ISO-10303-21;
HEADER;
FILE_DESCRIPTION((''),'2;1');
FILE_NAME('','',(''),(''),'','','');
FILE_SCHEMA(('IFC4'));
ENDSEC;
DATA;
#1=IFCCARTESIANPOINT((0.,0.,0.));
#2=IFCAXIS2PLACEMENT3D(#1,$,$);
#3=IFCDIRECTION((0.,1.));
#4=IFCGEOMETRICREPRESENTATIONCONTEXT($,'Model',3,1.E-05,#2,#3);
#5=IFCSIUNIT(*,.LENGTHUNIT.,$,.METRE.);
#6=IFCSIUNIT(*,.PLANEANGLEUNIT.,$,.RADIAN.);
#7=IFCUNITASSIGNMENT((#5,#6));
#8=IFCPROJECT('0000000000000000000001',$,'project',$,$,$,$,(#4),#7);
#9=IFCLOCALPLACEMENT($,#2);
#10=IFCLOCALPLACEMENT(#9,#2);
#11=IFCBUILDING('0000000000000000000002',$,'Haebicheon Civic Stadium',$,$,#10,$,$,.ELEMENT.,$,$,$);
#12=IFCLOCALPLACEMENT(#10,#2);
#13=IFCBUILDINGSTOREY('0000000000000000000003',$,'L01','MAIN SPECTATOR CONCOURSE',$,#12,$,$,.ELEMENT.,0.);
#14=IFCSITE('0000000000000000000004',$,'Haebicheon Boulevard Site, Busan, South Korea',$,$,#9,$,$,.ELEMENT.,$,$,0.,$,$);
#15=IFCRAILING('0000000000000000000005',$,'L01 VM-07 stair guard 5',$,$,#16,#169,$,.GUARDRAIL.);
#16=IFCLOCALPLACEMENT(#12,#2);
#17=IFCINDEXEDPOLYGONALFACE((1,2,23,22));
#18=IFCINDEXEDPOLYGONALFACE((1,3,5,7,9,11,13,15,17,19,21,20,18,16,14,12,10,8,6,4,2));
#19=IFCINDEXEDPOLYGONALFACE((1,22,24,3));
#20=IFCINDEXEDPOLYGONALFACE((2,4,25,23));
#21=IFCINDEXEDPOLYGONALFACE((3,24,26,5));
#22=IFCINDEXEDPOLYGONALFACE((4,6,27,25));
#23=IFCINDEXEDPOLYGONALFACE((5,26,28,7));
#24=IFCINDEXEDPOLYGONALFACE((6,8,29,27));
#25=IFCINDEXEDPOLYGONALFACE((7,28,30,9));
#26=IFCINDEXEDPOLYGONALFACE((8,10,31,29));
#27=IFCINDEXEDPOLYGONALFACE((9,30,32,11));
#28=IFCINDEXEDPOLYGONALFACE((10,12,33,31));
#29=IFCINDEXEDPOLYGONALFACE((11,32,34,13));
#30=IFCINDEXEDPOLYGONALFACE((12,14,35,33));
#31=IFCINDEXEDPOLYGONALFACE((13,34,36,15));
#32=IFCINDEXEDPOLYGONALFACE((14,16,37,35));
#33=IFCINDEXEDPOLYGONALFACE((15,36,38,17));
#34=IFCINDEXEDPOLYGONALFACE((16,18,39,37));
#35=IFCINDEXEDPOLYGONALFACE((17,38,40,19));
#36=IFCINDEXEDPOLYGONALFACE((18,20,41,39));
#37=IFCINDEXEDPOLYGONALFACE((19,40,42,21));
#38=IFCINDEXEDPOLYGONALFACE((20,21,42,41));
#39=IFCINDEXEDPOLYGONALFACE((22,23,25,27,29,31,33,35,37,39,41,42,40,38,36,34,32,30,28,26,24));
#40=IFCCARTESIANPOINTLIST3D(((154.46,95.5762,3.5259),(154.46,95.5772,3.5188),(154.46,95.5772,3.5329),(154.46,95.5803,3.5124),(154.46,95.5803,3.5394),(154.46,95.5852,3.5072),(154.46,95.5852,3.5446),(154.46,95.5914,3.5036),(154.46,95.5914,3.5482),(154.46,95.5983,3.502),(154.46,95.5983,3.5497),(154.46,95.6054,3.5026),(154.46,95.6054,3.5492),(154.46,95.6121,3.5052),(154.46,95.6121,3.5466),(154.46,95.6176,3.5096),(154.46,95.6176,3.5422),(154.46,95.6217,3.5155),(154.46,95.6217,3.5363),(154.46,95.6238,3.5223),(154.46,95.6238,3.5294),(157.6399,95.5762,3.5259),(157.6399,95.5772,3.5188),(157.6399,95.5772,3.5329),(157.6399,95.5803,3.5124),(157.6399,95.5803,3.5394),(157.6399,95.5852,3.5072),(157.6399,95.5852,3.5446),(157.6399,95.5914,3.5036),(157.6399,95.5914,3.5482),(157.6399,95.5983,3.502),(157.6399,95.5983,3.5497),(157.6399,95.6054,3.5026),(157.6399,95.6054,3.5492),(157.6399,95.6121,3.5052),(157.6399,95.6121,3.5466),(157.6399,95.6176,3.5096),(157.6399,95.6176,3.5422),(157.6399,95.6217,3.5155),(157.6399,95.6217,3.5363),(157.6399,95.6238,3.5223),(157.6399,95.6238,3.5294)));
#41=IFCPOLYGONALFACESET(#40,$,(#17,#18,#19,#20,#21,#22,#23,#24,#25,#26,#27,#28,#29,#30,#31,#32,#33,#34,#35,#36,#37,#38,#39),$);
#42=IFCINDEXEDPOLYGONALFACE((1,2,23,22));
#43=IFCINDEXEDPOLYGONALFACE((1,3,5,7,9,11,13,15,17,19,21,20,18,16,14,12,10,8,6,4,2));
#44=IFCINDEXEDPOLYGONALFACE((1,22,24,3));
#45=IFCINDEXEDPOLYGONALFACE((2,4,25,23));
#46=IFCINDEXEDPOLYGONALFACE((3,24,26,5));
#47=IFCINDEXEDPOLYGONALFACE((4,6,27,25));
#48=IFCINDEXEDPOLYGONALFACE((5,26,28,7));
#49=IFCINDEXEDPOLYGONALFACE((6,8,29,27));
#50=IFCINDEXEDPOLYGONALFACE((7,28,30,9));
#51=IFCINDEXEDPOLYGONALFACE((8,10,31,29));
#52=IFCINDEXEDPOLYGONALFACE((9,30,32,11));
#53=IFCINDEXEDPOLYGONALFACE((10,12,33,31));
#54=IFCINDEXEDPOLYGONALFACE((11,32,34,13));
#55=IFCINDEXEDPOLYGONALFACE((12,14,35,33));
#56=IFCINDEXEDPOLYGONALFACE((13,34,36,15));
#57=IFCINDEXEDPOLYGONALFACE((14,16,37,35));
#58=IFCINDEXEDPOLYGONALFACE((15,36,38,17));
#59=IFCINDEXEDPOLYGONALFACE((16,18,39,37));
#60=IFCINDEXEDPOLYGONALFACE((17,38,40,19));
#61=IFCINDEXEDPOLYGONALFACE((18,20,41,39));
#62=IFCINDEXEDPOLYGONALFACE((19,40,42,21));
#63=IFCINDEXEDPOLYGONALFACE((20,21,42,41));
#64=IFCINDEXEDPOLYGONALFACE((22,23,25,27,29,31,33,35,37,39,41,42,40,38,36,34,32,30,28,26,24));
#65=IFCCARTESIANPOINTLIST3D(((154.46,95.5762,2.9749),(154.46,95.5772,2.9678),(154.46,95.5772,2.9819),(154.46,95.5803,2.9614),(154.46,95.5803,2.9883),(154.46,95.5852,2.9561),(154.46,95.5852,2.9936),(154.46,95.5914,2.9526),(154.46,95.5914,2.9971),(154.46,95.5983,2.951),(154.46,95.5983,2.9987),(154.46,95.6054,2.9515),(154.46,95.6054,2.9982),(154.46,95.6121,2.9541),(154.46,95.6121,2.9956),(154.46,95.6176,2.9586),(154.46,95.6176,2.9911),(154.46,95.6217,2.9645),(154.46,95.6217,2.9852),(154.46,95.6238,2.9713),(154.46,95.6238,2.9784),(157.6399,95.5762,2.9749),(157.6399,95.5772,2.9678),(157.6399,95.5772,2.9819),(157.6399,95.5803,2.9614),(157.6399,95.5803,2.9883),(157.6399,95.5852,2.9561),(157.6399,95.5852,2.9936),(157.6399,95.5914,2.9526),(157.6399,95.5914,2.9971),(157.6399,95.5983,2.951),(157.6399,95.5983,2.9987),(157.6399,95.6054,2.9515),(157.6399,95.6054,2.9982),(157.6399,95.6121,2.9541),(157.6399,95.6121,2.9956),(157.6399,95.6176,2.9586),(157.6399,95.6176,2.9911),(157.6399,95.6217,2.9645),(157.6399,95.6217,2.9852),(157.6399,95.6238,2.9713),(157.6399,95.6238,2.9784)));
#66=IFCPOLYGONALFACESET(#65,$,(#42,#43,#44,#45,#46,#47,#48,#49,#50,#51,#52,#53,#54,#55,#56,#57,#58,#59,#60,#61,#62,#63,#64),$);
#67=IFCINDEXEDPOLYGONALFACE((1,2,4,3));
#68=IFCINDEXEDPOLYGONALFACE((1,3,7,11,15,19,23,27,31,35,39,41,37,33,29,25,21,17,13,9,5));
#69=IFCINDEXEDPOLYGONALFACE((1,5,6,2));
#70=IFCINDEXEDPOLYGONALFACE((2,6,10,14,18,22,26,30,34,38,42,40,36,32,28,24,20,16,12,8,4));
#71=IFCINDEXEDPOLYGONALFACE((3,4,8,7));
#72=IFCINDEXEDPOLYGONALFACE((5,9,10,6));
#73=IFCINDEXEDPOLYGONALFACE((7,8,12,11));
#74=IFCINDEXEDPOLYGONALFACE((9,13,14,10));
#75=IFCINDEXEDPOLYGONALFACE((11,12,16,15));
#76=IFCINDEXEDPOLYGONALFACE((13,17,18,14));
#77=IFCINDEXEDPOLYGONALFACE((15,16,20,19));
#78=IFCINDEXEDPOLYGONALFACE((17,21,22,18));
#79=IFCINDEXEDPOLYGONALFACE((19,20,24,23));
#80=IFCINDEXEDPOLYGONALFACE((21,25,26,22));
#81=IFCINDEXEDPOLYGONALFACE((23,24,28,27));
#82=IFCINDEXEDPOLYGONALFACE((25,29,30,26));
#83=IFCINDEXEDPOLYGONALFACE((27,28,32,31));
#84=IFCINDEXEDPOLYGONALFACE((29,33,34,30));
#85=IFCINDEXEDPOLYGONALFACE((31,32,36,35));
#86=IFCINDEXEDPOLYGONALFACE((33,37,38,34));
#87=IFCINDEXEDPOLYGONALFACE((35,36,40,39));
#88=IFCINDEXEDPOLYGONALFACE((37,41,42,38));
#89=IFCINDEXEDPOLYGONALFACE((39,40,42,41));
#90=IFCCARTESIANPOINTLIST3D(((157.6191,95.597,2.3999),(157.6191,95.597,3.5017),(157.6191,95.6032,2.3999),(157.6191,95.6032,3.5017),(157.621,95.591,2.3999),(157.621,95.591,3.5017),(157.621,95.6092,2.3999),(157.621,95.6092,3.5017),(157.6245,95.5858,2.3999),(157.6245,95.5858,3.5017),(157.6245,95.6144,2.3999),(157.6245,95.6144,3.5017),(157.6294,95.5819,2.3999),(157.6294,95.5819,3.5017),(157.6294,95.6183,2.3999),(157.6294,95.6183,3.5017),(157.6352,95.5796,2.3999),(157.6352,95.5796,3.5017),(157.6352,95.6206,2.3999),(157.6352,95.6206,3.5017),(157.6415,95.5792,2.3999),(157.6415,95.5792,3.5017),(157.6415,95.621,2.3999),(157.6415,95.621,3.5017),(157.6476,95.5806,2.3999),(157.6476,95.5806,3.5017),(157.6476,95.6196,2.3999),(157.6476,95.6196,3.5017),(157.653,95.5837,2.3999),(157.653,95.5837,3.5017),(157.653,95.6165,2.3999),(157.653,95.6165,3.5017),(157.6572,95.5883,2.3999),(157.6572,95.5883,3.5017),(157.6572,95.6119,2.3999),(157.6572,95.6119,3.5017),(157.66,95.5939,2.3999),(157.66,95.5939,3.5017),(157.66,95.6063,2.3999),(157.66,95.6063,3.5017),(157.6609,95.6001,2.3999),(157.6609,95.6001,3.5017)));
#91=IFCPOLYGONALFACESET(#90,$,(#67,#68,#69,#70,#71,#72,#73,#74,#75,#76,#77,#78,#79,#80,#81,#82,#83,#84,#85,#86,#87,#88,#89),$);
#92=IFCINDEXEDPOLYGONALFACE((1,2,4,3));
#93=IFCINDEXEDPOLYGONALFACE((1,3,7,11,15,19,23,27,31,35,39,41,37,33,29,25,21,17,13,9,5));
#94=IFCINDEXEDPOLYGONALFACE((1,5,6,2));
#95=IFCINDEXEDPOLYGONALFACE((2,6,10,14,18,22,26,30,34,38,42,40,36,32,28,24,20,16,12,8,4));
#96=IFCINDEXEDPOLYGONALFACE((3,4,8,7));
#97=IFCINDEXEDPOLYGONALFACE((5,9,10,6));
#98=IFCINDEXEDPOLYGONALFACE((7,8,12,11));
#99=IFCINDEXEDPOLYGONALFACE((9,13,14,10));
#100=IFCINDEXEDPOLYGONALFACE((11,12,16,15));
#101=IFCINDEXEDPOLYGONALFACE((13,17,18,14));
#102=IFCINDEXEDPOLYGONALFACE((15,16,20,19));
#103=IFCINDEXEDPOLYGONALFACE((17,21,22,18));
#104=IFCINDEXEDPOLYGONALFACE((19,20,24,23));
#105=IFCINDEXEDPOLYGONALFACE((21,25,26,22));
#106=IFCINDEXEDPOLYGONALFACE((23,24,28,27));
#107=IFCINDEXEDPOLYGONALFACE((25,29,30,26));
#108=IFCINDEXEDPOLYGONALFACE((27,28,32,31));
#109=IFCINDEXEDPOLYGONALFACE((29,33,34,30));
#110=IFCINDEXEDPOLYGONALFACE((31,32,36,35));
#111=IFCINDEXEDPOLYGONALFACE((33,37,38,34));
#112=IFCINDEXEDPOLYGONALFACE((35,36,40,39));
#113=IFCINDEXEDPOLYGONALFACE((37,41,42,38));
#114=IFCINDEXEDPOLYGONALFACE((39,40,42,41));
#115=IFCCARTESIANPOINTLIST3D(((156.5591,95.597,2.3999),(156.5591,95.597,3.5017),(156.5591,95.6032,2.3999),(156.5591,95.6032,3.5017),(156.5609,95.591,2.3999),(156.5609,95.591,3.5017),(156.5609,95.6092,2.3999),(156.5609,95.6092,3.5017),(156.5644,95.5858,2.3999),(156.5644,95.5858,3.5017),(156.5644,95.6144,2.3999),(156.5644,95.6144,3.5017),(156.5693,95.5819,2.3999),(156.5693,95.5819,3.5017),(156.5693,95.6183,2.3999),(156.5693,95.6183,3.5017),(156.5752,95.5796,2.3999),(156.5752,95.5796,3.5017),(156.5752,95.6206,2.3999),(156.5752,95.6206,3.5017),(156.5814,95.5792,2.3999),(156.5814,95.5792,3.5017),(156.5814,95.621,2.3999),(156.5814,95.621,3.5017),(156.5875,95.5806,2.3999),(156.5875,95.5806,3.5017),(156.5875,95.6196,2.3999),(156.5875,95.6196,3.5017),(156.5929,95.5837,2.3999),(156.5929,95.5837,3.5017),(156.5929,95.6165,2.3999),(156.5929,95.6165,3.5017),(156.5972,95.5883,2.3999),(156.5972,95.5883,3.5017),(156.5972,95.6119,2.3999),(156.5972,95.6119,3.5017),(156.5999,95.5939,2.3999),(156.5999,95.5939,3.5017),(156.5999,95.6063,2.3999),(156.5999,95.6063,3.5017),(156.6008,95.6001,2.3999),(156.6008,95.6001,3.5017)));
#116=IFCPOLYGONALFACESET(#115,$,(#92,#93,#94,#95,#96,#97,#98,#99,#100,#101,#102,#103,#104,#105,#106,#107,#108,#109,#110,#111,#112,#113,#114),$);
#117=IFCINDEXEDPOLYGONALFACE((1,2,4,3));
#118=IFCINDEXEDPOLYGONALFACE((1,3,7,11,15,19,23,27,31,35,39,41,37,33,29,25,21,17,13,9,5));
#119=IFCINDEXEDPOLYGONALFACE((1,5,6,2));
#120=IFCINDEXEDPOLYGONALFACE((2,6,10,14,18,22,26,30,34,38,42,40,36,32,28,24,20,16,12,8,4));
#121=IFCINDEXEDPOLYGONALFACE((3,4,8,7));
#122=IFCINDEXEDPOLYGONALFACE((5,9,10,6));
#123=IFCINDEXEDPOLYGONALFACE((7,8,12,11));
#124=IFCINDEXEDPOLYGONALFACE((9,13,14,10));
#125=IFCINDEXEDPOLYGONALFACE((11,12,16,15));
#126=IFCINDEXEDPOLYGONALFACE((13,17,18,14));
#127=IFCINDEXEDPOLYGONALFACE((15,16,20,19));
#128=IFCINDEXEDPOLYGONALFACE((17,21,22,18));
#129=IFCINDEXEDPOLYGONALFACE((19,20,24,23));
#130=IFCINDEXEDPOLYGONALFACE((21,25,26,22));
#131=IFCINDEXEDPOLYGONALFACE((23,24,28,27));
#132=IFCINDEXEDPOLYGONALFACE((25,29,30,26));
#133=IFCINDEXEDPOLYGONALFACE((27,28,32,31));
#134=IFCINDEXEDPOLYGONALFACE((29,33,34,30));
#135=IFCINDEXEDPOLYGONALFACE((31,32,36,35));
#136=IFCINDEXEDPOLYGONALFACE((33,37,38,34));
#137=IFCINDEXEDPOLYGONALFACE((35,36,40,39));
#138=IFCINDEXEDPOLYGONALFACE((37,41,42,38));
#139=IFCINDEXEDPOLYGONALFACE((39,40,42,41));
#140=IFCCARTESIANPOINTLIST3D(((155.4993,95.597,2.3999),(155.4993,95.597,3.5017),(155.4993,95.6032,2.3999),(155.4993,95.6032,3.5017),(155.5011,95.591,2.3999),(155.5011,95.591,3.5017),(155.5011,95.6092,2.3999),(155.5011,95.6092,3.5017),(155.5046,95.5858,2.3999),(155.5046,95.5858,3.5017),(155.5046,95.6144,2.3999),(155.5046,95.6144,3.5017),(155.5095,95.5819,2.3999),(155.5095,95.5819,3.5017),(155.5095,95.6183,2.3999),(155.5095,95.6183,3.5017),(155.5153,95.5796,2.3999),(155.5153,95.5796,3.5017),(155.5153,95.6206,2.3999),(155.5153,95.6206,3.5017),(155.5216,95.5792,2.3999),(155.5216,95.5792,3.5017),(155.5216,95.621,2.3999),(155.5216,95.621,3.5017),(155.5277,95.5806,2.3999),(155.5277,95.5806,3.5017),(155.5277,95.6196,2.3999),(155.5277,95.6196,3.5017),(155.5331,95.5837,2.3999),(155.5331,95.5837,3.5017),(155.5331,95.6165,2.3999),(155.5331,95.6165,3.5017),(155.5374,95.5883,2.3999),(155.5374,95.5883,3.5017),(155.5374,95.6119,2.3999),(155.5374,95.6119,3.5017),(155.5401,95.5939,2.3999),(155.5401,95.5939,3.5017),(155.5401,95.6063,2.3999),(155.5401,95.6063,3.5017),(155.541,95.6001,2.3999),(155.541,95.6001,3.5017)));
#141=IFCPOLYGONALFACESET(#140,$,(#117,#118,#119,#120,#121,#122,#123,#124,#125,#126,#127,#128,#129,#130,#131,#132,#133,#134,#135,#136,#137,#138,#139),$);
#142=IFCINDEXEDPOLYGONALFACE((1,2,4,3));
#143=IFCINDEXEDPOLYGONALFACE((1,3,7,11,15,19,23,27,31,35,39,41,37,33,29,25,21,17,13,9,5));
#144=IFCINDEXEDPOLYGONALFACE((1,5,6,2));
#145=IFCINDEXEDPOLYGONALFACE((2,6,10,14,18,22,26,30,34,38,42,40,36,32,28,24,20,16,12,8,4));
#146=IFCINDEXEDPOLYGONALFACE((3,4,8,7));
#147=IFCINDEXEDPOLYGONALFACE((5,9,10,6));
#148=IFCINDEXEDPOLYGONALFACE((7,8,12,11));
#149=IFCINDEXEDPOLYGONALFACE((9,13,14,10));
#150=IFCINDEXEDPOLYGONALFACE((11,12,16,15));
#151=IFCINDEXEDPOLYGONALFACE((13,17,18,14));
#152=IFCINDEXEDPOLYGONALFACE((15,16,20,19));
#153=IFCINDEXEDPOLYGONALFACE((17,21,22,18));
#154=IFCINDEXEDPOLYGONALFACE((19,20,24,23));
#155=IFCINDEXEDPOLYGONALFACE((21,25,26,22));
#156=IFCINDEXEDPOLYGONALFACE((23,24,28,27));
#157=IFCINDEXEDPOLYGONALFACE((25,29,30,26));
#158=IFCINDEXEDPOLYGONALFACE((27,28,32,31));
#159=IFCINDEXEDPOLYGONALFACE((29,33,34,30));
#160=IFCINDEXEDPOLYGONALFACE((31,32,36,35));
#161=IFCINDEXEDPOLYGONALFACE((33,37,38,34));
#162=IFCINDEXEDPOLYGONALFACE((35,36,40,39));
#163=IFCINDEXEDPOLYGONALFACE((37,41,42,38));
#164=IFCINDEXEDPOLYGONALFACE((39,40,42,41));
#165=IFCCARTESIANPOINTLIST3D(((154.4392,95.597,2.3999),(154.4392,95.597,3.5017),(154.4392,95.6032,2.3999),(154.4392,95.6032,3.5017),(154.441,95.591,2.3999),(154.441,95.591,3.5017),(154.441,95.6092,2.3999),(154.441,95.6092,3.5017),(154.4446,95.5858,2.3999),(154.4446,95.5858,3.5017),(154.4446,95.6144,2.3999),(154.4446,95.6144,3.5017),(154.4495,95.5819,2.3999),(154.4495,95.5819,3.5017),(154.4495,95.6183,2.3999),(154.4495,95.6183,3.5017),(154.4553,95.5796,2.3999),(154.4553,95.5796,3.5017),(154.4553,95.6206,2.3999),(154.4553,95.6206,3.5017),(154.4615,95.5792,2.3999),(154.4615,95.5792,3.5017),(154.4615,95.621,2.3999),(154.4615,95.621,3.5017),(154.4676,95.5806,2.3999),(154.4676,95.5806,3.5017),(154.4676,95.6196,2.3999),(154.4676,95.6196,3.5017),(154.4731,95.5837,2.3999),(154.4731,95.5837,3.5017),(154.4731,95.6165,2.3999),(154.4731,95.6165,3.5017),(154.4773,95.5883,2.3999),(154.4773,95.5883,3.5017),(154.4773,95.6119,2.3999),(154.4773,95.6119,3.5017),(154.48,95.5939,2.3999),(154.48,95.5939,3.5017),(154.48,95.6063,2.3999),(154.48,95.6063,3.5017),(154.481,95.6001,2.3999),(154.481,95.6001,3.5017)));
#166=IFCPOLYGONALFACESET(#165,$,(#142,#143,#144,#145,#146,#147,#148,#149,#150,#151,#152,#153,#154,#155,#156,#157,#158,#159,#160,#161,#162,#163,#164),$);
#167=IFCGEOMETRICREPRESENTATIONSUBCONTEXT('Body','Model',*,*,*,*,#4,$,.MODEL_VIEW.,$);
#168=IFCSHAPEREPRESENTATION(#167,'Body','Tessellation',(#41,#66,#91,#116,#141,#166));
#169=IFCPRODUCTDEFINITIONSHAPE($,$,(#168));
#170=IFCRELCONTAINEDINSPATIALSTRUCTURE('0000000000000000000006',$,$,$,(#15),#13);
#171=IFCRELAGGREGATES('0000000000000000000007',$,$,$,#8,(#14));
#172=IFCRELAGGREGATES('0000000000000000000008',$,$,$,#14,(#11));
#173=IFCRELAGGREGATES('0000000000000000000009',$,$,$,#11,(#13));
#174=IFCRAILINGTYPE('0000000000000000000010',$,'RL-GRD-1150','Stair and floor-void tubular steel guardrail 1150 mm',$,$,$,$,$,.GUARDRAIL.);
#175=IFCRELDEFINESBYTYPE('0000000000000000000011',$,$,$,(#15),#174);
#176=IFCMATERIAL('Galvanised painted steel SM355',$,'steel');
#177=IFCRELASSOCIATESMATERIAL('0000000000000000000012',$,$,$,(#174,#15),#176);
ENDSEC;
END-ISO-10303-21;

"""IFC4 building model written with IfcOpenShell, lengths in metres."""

from ifc_helpers import new_model, si_unit, direction, frame, origin, origin_2d, place, context, subcontext, project, spatial, circle, extrude, material, type_object, element, save


model = new_model("IFC4")

# Units and contexts
model_context = context("Model", 3, precision=1e-05, world=origin(), true_north=direction((0.0, 1.0)))
body_context = subcontext(model_context, "Body", "Model", "MODEL_VIEW")
ifc_project = project(units=[si_unit("LENGTHUNIT", "METRE"), si_unit("PLANEANGLEUNIT", "RADIAN")], contexts=[model_context])

# Site, building, storey
site_placement = place(None, origin())
site = spatial("IfcSite", under=ifc_project, at=site_placement, Name="Haebicheon Boulevard Site, Busan, South Korea", CompositionType="ELEMENT", RefElevation=0.0)
building_placement = place(site_placement, origin())
building = spatial("IfcBuilding", under=site, at=building_placement, Name="Haebicheon Civic Stadium", CompositionType="ELEMENT")
storey_placement = place(building_placement, origin())
storey = spatial("IfcBuildingStorey", under=building, at=storey_placement, Name="L01", Description="MAIN SPECTATOR CONCOURSE", CompositionType="ELEMENT", Elevation=0.0)

# Railing
ifc_material_1 = material(Name="Galvanised painted steel SM355", Category="steel")
railing_type_1 = type_object("IfcRailingType", Name="RL-GRD-1150", Description="Stair and floor-void tubular steel guardrail 1150 mm", PredefinedType="GUARDRAIL", material=ifc_material_1)
railing_1_placement = place(storey_placement, frame((157.6399, 95.6001, 2.3999)))
element("IfcRailing", 1, at=railing_1_placement, inside=storey, type_object=railing_type_1, material=ifc_material_1, Name="L01 VM-07 stair guard 5", PredefinedType="GUARDRAIL", context=body_context, shape_type="SweptSolid", body=[
    extrude(circle(Radius=0.0239, at=origin_2d()), frame((0.0, 0.0, 1.126), z_axis=(-1.0, 0.0, 0.0), x_axis=(0.0, -1.0, 0.0)), (0.0, 0.0, 1.0), 3.1799),
    extrude(circle(Radius=0.0239, at=origin_2d()), frame((0.0, 0.0, 0.575), z_axis=(-1.0, 0.0, 0.0), x_axis=(0.0, -1.0, 0.0)), (0.0, 0.0, 1.0), 3.1799),
    extrude(circle(Radius=0.021, at=origin_2d()), origin(), (0.0, 0.0, 1.0), 1.1018),
    extrude(circle(Radius=0.021, at=origin_2d()), frame((-1.0601, 0.0, 0.0)), (0.0, 0.0, 1.0), 1.1018),
    extrude(circle(Radius=0.021, at=origin_2d()), frame((-2.1199, 0.0, 0.0)), (0.0, 0.0, 1.0), 1.1018),
    extrude(circle(Radius=0.021, at=origin_2d()), frame((-3.1799, 0.0, 0.0)), (0.0, 0.0, 1.0), 1.1018),
])

save(model, "model.ifc")
